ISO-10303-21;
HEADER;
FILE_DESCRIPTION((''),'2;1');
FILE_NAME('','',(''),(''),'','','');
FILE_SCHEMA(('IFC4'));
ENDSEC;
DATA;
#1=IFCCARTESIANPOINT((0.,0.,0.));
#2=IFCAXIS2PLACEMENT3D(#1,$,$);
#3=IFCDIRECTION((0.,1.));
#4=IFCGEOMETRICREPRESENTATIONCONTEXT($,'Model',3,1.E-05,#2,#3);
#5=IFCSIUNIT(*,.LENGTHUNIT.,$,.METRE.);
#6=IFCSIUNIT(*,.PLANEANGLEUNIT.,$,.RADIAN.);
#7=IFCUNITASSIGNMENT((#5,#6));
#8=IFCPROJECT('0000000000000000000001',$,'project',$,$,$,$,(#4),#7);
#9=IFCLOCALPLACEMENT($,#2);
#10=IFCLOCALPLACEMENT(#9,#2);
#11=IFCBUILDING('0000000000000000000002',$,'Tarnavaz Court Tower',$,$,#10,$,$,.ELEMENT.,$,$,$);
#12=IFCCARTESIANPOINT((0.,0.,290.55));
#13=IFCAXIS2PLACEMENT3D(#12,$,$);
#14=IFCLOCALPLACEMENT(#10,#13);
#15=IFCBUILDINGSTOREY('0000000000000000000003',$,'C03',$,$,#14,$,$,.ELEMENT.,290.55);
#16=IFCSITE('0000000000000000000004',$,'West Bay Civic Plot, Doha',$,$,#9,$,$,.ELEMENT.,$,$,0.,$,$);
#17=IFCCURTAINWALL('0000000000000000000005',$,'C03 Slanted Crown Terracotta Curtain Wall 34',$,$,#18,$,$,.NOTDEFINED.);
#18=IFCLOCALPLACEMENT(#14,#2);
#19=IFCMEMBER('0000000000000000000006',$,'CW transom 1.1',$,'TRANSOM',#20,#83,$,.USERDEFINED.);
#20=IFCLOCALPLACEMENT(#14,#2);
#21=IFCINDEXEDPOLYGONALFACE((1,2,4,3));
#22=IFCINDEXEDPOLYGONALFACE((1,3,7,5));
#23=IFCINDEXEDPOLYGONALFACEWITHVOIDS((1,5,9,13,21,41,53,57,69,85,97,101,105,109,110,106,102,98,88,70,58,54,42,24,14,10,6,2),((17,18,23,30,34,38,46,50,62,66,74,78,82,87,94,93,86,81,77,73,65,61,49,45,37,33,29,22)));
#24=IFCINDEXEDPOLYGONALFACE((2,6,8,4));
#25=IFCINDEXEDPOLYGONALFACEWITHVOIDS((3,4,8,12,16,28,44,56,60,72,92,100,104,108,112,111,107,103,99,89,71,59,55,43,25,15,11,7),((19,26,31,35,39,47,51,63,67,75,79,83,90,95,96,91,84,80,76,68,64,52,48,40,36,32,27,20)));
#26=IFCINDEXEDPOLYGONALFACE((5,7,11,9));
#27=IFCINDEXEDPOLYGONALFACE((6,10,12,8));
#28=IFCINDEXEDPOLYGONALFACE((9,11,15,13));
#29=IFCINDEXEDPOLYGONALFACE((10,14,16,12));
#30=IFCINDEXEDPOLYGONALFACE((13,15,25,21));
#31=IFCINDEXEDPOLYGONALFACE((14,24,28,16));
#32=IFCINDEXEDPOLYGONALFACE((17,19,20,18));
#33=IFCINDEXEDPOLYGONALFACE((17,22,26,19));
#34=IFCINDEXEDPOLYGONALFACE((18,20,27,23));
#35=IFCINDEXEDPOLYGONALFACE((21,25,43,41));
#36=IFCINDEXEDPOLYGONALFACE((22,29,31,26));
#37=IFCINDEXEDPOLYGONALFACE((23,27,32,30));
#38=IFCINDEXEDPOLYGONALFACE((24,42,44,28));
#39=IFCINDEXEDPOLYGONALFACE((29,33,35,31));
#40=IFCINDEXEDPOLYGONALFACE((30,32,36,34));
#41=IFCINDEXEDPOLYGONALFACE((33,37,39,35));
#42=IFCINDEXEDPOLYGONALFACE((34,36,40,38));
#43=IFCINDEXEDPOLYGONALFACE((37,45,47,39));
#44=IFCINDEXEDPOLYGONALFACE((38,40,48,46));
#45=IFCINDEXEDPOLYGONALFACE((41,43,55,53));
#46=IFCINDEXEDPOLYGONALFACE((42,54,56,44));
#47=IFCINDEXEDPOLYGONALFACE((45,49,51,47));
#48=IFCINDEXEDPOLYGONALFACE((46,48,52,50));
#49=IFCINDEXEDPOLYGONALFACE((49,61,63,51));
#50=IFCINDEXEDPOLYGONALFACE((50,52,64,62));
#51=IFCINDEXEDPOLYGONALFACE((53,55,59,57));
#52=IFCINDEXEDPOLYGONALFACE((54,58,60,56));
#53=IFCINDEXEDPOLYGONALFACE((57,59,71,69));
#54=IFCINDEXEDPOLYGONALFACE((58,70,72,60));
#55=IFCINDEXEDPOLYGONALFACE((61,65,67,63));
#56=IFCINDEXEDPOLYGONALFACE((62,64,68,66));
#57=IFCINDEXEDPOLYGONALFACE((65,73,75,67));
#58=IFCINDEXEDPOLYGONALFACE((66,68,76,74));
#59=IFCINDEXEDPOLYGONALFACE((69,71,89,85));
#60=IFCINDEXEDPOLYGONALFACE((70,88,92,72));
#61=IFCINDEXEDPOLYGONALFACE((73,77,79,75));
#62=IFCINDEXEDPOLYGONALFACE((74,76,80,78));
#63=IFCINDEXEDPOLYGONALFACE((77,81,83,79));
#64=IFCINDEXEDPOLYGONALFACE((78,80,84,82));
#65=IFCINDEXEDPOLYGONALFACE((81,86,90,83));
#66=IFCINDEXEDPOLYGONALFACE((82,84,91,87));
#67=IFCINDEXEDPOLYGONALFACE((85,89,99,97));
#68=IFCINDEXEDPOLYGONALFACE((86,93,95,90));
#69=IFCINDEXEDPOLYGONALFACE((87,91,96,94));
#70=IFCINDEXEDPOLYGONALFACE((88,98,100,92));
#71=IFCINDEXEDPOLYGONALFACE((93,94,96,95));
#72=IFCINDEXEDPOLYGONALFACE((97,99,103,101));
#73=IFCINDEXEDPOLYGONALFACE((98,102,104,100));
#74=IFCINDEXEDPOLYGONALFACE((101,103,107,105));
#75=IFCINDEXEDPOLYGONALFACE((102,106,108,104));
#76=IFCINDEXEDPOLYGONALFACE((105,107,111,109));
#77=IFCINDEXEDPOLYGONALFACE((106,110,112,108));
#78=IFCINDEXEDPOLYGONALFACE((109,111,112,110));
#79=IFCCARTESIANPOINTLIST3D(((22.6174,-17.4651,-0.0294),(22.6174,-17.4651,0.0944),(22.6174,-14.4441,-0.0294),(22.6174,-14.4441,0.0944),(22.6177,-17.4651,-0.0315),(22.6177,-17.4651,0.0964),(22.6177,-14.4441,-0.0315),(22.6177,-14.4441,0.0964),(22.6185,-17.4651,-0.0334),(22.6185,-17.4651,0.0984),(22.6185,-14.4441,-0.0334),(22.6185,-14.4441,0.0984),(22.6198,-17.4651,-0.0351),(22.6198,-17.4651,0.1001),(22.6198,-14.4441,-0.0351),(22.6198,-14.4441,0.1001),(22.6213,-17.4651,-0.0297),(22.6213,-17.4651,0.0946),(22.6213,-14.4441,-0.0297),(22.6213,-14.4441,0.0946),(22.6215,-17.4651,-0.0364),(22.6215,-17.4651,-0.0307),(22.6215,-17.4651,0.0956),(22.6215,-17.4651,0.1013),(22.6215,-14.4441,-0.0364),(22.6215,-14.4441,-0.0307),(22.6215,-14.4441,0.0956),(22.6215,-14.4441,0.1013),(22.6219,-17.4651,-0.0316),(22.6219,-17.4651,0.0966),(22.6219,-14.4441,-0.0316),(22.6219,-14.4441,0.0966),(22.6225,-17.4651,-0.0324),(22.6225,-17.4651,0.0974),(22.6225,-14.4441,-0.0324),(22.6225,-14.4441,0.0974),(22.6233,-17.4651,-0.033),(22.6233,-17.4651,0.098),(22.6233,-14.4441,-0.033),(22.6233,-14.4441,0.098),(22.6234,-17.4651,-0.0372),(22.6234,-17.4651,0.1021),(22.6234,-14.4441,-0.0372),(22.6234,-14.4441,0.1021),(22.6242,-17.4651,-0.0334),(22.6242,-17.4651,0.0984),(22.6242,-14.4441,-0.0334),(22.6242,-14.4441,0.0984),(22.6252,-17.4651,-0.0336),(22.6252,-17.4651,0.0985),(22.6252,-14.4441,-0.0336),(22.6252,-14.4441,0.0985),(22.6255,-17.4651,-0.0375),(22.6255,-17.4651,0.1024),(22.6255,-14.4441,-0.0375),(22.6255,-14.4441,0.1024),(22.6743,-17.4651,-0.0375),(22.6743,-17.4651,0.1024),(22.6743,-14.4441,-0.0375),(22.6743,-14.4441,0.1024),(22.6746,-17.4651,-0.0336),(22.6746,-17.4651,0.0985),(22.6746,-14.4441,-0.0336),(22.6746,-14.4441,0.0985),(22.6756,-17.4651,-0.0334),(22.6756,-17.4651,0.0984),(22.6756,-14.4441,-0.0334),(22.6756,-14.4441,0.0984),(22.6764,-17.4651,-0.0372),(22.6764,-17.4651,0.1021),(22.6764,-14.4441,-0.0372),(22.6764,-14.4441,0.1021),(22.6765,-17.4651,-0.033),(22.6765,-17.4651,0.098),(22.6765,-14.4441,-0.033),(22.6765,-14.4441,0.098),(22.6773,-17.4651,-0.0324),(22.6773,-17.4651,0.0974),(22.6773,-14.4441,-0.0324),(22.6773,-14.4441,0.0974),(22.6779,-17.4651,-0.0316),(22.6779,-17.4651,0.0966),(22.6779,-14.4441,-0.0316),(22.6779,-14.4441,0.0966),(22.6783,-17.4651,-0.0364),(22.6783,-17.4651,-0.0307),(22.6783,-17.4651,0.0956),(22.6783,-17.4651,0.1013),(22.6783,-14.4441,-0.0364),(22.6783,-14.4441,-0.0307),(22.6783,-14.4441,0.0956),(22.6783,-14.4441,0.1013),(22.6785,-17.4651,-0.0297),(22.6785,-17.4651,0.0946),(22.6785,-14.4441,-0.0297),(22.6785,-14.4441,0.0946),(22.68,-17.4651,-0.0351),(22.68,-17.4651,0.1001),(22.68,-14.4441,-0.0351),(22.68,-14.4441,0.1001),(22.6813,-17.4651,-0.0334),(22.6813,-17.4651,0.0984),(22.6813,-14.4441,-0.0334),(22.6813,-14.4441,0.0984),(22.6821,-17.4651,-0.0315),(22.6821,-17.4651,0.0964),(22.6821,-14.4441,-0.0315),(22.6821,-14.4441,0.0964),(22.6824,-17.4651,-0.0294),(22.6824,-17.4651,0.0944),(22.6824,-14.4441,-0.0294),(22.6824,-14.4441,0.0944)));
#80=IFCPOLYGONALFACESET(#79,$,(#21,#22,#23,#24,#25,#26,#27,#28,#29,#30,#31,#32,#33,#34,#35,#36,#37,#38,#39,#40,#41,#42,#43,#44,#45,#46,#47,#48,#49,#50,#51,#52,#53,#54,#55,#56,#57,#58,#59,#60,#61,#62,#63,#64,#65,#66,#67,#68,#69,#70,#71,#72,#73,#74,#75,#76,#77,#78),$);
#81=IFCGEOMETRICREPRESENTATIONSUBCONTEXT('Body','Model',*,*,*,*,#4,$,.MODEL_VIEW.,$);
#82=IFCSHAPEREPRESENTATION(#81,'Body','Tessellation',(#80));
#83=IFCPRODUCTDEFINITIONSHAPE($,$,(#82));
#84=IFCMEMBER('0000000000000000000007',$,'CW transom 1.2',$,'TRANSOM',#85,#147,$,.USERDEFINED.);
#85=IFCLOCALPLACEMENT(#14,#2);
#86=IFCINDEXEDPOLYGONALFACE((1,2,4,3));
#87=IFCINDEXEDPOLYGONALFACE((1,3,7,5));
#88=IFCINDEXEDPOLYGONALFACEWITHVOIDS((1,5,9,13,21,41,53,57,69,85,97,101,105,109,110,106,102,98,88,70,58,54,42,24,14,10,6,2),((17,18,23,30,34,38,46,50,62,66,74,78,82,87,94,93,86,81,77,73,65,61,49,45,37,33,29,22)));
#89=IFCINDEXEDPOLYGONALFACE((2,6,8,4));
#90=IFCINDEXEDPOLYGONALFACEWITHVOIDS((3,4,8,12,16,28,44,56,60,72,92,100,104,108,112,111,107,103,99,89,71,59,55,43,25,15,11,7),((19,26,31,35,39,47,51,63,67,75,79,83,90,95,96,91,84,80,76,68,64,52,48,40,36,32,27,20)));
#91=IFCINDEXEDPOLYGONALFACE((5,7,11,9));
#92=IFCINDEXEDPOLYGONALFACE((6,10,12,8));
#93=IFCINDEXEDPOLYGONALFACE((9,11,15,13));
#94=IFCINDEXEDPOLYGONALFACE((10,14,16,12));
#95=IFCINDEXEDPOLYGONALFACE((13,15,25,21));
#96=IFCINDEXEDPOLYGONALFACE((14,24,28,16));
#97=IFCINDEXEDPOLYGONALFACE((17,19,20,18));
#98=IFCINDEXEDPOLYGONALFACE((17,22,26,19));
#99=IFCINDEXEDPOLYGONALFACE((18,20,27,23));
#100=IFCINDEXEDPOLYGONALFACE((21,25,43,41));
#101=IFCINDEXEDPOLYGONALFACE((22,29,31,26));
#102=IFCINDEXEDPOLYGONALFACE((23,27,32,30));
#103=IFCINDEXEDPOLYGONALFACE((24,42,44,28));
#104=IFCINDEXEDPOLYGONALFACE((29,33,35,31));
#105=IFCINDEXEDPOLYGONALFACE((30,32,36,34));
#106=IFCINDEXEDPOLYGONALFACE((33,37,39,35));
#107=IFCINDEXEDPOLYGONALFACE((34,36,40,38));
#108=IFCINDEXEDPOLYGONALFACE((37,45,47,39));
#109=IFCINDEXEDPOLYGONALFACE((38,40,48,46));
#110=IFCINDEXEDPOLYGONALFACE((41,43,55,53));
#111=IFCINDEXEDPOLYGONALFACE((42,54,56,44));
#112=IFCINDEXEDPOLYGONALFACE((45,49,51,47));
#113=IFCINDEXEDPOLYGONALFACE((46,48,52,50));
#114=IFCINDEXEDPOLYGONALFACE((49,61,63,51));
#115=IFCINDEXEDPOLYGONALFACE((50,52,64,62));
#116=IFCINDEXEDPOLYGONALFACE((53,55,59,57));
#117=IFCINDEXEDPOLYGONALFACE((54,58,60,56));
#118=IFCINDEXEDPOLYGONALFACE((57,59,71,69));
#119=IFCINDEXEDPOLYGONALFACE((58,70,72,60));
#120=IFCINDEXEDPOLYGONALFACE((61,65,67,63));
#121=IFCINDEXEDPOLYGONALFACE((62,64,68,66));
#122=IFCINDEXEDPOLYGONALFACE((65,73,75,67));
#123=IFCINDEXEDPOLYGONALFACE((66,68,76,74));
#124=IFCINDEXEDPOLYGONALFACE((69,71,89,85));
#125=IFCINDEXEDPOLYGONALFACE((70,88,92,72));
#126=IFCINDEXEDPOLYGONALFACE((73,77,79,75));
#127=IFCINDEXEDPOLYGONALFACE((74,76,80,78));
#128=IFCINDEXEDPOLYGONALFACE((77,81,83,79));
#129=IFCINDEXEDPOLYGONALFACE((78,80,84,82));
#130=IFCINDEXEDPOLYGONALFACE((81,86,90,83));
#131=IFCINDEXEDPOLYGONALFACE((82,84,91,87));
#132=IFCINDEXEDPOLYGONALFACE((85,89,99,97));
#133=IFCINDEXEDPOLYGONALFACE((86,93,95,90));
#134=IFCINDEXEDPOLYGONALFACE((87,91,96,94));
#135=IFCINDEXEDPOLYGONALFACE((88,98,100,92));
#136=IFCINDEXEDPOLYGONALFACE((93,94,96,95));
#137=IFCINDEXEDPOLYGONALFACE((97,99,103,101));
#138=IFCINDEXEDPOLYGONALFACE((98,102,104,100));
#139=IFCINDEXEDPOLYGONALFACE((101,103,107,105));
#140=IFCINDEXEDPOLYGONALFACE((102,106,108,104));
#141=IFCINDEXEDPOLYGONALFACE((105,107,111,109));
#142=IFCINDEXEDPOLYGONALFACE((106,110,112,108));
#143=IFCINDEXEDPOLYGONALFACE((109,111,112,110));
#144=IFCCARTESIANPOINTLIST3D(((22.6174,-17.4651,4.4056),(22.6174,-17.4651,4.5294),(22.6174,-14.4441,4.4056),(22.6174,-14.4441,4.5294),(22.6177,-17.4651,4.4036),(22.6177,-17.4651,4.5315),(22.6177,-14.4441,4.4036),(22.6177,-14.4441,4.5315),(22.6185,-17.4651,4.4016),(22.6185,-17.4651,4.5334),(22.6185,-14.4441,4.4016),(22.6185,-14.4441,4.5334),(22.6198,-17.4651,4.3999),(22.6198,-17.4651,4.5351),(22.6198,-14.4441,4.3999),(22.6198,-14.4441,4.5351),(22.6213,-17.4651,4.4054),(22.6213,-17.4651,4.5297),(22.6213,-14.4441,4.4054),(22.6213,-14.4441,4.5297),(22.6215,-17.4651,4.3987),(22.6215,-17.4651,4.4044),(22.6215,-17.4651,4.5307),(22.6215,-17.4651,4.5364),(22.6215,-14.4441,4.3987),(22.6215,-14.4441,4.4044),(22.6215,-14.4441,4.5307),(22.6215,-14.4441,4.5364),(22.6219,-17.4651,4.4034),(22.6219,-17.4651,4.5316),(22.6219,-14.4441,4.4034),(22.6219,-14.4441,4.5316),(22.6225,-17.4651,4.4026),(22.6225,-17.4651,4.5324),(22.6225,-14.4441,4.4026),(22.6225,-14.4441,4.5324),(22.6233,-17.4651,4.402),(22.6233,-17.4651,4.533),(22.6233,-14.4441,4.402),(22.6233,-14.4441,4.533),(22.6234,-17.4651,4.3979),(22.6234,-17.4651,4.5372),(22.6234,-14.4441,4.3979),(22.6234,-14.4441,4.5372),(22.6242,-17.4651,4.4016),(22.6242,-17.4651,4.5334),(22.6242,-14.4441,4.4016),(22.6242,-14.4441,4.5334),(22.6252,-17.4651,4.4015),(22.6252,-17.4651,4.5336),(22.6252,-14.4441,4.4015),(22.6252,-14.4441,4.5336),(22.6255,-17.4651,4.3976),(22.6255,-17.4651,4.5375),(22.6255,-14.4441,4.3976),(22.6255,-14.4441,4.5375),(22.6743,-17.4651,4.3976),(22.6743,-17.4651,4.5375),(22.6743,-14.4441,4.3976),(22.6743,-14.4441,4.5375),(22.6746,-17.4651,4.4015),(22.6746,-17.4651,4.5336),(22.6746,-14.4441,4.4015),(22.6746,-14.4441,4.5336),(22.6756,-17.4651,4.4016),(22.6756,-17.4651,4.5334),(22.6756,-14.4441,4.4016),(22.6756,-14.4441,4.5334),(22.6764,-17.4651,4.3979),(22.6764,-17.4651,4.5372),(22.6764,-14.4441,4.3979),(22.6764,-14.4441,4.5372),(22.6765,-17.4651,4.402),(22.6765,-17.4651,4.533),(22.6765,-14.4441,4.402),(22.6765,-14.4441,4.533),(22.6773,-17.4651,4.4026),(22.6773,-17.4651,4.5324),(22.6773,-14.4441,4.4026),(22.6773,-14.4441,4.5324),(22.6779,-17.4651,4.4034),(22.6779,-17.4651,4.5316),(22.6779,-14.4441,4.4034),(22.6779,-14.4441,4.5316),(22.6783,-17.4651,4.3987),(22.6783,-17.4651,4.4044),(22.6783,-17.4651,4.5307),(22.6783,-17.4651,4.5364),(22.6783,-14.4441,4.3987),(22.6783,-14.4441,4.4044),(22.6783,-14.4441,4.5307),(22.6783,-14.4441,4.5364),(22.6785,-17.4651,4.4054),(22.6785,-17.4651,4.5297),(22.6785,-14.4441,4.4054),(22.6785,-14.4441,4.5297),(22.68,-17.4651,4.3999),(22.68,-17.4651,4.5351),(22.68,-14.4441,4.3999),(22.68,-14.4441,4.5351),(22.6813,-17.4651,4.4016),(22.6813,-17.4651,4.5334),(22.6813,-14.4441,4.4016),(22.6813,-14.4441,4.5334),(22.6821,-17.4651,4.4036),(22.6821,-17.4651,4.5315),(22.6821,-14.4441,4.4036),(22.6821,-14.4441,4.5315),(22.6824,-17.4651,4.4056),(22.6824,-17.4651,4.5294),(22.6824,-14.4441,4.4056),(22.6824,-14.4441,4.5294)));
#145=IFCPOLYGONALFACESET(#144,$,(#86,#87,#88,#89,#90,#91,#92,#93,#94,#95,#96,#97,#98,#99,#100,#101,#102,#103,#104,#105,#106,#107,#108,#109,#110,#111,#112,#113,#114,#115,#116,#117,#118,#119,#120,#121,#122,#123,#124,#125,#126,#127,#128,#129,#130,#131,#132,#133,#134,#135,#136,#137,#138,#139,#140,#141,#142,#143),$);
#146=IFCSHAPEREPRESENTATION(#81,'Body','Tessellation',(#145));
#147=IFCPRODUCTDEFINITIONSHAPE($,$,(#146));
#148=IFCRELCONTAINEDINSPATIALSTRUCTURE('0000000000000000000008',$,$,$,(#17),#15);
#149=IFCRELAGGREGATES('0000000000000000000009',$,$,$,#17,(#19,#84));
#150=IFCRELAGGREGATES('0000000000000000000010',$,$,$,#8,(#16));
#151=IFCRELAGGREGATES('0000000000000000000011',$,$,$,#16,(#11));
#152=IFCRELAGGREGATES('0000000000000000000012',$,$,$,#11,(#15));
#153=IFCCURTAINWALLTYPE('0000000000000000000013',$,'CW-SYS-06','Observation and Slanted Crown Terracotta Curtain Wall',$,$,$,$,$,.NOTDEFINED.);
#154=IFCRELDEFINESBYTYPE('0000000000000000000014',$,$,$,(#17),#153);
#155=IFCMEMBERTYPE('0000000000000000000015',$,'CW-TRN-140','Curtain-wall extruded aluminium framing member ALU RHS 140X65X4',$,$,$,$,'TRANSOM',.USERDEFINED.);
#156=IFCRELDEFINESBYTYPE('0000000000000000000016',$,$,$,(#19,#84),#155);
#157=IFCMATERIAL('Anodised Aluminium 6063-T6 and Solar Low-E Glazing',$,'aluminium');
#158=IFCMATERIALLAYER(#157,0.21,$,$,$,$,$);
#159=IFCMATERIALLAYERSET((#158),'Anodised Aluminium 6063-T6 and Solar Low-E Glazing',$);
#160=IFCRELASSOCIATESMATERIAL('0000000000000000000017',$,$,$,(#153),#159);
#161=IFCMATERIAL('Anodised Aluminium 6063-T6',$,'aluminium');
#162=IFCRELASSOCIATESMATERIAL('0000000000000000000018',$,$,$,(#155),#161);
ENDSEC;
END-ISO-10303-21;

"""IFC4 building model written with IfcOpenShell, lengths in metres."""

from ifc_helpers import new_model, si_unit, direction, frame, origin, origin_2d, place, context, subcontext, project, spatial, hollow_rectangle, extrude, material, layer, layer_set, material_profile, profile_set, type_object, element, aggregate, save


model = new_model("IFC4")

# Units and contexts
model_context = context("Model", 3, precision=1e-05, world=origin(), true_north=direction((0.0, 1.0)))
body_context = subcontext(model_context, "Body", "Model", "MODEL_VIEW")
ifc_project = project(units=[si_unit("LENGTHUNIT", "METRE"), si_unit("PLANEANGLEUNIT", "RADIAN")], contexts=[model_context])

# Site, building, storey
site_placement = place(None, origin())
site = spatial("IfcSite", under=ifc_project, at=site_placement, Name="West Bay Civic Plot, Doha", CompositionType="ELEMENT", RefElevation=0.0)
building_placement = place(site_placement, origin())
building = spatial("IfcBuilding", under=site, at=building_placement, Name="Tarnavaz Court Tower", CompositionType="ELEMENT")
storey_placement = place(building_placement, frame((0.0, 0.0, 290.55)))
storey = spatial("IfcBuildingStorey", under=building, at=storey_placement, Name="C03", CompositionType="ELEMENT", Elevation=290.55)

# Shared definitions
ifc_material_1 = material(Name="Anodised Aluminium 6063-T6 and Solar Low-E Glazing", Category="aluminium")
ifc_layer_1 = layer(ifc_material_1, 0.21)
ifc_layer_set_1 = layer_set([ifc_layer_1], Name="Anodised Aluminium 6063-T6 and Solar Low-E Glazing")
curtain_wall_type = type_object("IfcCurtainWallType", Name="CW-SYS-06", Description="Observation and Slanted Crown Terracotta Curtain Wall", PredefinedType="NOTDEFINED", material=ifc_layer_set_1)
ifc_material_2 = material(Name="Anodised Aluminium 6063-T6", Category="aluminium")

# Curtain wall
curtain_wall_1_placement = place(storey_placement, origin())
curtain_wall_1 = element("IfcCurtainWall", 1, at=curtain_wall_1_placement, inside=storey, type_object=curtain_wall_type, Name="C03 Slanted Crown Terracotta Curtain Wall 34", PredefinedType="NOTDEFINED")

# Members
ifc_material_profile_1 = material_profile(ifc_material_2, hollow_rectangle(XDim=0.0649, YDim=0.1399, WallThickness=0.0039, InnerFilletRadius=0.0039, OuterFilletRadius=0.0081, at=origin_2d()), Name="ALU RHS 140X65X4")
ifc_profile_set_1 = profile_set([ifc_material_profile_1], Name="Anodised Aluminium 6063-T6")
member_type_1 = type_object("IfcMemberType", Name="CW-TRN-140", Description="Curtain-wall extruded aluminium framing member ALU RHS 140X65X4", ElementType="TRANSOM", PredefinedType="USERDEFINED", material=ifc_profile_set_1)
member_1_placement = place(storey_placement, frame((22.6499, -14.4441, 0.0325), z_axis=(0.0, -1.0, 0.0), x_axis=(1.0, 0.0, 0.0)))
member_1 = element("IfcMember", 2, at=member_1_placement, type_object=member_type_1, Name="CW transom 1.1", ObjectType="TRANSOM", PredefinedType="USERDEFINED", context=body_context, shape_type="SweptSolid", body=[
    extrude(hollow_rectangle(XDim=0.0649, YDim=0.1399, WallThickness=0.0039, InnerFilletRadius=0.0039, OuterFilletRadius=0.0081, at=origin_2d()), origin(), (0.0, 0.0, 1.0), 3.021),
])
member_2_placement = place(storey_placement, frame((22.6499, -14.4441, 4.4675), z_axis=(0.0, -1.0, 0.0), x_axis=(1.0, 0.0, 0.0)))
member_2 = element("IfcMember", 3, at=member_2_placement, type_object=member_type_1, Name="CW transom 1.2", ObjectType="TRANSOM", PredefinedType="USERDEFINED", context=body_context, shape_type="SweptSolid", body=[
    extrude(hollow_rectangle(XDim=0.0649, YDim=0.1399, WallThickness=0.0039, InnerFilletRadius=0.0039, OuterFilletRadius=0.0081, at=origin_2d()), origin(), (0.0, 0.0, 1.0), 3.021),
])

aggregate(curtain_wall_1, [member_1, member_2])

save(model, "model.ifc")
